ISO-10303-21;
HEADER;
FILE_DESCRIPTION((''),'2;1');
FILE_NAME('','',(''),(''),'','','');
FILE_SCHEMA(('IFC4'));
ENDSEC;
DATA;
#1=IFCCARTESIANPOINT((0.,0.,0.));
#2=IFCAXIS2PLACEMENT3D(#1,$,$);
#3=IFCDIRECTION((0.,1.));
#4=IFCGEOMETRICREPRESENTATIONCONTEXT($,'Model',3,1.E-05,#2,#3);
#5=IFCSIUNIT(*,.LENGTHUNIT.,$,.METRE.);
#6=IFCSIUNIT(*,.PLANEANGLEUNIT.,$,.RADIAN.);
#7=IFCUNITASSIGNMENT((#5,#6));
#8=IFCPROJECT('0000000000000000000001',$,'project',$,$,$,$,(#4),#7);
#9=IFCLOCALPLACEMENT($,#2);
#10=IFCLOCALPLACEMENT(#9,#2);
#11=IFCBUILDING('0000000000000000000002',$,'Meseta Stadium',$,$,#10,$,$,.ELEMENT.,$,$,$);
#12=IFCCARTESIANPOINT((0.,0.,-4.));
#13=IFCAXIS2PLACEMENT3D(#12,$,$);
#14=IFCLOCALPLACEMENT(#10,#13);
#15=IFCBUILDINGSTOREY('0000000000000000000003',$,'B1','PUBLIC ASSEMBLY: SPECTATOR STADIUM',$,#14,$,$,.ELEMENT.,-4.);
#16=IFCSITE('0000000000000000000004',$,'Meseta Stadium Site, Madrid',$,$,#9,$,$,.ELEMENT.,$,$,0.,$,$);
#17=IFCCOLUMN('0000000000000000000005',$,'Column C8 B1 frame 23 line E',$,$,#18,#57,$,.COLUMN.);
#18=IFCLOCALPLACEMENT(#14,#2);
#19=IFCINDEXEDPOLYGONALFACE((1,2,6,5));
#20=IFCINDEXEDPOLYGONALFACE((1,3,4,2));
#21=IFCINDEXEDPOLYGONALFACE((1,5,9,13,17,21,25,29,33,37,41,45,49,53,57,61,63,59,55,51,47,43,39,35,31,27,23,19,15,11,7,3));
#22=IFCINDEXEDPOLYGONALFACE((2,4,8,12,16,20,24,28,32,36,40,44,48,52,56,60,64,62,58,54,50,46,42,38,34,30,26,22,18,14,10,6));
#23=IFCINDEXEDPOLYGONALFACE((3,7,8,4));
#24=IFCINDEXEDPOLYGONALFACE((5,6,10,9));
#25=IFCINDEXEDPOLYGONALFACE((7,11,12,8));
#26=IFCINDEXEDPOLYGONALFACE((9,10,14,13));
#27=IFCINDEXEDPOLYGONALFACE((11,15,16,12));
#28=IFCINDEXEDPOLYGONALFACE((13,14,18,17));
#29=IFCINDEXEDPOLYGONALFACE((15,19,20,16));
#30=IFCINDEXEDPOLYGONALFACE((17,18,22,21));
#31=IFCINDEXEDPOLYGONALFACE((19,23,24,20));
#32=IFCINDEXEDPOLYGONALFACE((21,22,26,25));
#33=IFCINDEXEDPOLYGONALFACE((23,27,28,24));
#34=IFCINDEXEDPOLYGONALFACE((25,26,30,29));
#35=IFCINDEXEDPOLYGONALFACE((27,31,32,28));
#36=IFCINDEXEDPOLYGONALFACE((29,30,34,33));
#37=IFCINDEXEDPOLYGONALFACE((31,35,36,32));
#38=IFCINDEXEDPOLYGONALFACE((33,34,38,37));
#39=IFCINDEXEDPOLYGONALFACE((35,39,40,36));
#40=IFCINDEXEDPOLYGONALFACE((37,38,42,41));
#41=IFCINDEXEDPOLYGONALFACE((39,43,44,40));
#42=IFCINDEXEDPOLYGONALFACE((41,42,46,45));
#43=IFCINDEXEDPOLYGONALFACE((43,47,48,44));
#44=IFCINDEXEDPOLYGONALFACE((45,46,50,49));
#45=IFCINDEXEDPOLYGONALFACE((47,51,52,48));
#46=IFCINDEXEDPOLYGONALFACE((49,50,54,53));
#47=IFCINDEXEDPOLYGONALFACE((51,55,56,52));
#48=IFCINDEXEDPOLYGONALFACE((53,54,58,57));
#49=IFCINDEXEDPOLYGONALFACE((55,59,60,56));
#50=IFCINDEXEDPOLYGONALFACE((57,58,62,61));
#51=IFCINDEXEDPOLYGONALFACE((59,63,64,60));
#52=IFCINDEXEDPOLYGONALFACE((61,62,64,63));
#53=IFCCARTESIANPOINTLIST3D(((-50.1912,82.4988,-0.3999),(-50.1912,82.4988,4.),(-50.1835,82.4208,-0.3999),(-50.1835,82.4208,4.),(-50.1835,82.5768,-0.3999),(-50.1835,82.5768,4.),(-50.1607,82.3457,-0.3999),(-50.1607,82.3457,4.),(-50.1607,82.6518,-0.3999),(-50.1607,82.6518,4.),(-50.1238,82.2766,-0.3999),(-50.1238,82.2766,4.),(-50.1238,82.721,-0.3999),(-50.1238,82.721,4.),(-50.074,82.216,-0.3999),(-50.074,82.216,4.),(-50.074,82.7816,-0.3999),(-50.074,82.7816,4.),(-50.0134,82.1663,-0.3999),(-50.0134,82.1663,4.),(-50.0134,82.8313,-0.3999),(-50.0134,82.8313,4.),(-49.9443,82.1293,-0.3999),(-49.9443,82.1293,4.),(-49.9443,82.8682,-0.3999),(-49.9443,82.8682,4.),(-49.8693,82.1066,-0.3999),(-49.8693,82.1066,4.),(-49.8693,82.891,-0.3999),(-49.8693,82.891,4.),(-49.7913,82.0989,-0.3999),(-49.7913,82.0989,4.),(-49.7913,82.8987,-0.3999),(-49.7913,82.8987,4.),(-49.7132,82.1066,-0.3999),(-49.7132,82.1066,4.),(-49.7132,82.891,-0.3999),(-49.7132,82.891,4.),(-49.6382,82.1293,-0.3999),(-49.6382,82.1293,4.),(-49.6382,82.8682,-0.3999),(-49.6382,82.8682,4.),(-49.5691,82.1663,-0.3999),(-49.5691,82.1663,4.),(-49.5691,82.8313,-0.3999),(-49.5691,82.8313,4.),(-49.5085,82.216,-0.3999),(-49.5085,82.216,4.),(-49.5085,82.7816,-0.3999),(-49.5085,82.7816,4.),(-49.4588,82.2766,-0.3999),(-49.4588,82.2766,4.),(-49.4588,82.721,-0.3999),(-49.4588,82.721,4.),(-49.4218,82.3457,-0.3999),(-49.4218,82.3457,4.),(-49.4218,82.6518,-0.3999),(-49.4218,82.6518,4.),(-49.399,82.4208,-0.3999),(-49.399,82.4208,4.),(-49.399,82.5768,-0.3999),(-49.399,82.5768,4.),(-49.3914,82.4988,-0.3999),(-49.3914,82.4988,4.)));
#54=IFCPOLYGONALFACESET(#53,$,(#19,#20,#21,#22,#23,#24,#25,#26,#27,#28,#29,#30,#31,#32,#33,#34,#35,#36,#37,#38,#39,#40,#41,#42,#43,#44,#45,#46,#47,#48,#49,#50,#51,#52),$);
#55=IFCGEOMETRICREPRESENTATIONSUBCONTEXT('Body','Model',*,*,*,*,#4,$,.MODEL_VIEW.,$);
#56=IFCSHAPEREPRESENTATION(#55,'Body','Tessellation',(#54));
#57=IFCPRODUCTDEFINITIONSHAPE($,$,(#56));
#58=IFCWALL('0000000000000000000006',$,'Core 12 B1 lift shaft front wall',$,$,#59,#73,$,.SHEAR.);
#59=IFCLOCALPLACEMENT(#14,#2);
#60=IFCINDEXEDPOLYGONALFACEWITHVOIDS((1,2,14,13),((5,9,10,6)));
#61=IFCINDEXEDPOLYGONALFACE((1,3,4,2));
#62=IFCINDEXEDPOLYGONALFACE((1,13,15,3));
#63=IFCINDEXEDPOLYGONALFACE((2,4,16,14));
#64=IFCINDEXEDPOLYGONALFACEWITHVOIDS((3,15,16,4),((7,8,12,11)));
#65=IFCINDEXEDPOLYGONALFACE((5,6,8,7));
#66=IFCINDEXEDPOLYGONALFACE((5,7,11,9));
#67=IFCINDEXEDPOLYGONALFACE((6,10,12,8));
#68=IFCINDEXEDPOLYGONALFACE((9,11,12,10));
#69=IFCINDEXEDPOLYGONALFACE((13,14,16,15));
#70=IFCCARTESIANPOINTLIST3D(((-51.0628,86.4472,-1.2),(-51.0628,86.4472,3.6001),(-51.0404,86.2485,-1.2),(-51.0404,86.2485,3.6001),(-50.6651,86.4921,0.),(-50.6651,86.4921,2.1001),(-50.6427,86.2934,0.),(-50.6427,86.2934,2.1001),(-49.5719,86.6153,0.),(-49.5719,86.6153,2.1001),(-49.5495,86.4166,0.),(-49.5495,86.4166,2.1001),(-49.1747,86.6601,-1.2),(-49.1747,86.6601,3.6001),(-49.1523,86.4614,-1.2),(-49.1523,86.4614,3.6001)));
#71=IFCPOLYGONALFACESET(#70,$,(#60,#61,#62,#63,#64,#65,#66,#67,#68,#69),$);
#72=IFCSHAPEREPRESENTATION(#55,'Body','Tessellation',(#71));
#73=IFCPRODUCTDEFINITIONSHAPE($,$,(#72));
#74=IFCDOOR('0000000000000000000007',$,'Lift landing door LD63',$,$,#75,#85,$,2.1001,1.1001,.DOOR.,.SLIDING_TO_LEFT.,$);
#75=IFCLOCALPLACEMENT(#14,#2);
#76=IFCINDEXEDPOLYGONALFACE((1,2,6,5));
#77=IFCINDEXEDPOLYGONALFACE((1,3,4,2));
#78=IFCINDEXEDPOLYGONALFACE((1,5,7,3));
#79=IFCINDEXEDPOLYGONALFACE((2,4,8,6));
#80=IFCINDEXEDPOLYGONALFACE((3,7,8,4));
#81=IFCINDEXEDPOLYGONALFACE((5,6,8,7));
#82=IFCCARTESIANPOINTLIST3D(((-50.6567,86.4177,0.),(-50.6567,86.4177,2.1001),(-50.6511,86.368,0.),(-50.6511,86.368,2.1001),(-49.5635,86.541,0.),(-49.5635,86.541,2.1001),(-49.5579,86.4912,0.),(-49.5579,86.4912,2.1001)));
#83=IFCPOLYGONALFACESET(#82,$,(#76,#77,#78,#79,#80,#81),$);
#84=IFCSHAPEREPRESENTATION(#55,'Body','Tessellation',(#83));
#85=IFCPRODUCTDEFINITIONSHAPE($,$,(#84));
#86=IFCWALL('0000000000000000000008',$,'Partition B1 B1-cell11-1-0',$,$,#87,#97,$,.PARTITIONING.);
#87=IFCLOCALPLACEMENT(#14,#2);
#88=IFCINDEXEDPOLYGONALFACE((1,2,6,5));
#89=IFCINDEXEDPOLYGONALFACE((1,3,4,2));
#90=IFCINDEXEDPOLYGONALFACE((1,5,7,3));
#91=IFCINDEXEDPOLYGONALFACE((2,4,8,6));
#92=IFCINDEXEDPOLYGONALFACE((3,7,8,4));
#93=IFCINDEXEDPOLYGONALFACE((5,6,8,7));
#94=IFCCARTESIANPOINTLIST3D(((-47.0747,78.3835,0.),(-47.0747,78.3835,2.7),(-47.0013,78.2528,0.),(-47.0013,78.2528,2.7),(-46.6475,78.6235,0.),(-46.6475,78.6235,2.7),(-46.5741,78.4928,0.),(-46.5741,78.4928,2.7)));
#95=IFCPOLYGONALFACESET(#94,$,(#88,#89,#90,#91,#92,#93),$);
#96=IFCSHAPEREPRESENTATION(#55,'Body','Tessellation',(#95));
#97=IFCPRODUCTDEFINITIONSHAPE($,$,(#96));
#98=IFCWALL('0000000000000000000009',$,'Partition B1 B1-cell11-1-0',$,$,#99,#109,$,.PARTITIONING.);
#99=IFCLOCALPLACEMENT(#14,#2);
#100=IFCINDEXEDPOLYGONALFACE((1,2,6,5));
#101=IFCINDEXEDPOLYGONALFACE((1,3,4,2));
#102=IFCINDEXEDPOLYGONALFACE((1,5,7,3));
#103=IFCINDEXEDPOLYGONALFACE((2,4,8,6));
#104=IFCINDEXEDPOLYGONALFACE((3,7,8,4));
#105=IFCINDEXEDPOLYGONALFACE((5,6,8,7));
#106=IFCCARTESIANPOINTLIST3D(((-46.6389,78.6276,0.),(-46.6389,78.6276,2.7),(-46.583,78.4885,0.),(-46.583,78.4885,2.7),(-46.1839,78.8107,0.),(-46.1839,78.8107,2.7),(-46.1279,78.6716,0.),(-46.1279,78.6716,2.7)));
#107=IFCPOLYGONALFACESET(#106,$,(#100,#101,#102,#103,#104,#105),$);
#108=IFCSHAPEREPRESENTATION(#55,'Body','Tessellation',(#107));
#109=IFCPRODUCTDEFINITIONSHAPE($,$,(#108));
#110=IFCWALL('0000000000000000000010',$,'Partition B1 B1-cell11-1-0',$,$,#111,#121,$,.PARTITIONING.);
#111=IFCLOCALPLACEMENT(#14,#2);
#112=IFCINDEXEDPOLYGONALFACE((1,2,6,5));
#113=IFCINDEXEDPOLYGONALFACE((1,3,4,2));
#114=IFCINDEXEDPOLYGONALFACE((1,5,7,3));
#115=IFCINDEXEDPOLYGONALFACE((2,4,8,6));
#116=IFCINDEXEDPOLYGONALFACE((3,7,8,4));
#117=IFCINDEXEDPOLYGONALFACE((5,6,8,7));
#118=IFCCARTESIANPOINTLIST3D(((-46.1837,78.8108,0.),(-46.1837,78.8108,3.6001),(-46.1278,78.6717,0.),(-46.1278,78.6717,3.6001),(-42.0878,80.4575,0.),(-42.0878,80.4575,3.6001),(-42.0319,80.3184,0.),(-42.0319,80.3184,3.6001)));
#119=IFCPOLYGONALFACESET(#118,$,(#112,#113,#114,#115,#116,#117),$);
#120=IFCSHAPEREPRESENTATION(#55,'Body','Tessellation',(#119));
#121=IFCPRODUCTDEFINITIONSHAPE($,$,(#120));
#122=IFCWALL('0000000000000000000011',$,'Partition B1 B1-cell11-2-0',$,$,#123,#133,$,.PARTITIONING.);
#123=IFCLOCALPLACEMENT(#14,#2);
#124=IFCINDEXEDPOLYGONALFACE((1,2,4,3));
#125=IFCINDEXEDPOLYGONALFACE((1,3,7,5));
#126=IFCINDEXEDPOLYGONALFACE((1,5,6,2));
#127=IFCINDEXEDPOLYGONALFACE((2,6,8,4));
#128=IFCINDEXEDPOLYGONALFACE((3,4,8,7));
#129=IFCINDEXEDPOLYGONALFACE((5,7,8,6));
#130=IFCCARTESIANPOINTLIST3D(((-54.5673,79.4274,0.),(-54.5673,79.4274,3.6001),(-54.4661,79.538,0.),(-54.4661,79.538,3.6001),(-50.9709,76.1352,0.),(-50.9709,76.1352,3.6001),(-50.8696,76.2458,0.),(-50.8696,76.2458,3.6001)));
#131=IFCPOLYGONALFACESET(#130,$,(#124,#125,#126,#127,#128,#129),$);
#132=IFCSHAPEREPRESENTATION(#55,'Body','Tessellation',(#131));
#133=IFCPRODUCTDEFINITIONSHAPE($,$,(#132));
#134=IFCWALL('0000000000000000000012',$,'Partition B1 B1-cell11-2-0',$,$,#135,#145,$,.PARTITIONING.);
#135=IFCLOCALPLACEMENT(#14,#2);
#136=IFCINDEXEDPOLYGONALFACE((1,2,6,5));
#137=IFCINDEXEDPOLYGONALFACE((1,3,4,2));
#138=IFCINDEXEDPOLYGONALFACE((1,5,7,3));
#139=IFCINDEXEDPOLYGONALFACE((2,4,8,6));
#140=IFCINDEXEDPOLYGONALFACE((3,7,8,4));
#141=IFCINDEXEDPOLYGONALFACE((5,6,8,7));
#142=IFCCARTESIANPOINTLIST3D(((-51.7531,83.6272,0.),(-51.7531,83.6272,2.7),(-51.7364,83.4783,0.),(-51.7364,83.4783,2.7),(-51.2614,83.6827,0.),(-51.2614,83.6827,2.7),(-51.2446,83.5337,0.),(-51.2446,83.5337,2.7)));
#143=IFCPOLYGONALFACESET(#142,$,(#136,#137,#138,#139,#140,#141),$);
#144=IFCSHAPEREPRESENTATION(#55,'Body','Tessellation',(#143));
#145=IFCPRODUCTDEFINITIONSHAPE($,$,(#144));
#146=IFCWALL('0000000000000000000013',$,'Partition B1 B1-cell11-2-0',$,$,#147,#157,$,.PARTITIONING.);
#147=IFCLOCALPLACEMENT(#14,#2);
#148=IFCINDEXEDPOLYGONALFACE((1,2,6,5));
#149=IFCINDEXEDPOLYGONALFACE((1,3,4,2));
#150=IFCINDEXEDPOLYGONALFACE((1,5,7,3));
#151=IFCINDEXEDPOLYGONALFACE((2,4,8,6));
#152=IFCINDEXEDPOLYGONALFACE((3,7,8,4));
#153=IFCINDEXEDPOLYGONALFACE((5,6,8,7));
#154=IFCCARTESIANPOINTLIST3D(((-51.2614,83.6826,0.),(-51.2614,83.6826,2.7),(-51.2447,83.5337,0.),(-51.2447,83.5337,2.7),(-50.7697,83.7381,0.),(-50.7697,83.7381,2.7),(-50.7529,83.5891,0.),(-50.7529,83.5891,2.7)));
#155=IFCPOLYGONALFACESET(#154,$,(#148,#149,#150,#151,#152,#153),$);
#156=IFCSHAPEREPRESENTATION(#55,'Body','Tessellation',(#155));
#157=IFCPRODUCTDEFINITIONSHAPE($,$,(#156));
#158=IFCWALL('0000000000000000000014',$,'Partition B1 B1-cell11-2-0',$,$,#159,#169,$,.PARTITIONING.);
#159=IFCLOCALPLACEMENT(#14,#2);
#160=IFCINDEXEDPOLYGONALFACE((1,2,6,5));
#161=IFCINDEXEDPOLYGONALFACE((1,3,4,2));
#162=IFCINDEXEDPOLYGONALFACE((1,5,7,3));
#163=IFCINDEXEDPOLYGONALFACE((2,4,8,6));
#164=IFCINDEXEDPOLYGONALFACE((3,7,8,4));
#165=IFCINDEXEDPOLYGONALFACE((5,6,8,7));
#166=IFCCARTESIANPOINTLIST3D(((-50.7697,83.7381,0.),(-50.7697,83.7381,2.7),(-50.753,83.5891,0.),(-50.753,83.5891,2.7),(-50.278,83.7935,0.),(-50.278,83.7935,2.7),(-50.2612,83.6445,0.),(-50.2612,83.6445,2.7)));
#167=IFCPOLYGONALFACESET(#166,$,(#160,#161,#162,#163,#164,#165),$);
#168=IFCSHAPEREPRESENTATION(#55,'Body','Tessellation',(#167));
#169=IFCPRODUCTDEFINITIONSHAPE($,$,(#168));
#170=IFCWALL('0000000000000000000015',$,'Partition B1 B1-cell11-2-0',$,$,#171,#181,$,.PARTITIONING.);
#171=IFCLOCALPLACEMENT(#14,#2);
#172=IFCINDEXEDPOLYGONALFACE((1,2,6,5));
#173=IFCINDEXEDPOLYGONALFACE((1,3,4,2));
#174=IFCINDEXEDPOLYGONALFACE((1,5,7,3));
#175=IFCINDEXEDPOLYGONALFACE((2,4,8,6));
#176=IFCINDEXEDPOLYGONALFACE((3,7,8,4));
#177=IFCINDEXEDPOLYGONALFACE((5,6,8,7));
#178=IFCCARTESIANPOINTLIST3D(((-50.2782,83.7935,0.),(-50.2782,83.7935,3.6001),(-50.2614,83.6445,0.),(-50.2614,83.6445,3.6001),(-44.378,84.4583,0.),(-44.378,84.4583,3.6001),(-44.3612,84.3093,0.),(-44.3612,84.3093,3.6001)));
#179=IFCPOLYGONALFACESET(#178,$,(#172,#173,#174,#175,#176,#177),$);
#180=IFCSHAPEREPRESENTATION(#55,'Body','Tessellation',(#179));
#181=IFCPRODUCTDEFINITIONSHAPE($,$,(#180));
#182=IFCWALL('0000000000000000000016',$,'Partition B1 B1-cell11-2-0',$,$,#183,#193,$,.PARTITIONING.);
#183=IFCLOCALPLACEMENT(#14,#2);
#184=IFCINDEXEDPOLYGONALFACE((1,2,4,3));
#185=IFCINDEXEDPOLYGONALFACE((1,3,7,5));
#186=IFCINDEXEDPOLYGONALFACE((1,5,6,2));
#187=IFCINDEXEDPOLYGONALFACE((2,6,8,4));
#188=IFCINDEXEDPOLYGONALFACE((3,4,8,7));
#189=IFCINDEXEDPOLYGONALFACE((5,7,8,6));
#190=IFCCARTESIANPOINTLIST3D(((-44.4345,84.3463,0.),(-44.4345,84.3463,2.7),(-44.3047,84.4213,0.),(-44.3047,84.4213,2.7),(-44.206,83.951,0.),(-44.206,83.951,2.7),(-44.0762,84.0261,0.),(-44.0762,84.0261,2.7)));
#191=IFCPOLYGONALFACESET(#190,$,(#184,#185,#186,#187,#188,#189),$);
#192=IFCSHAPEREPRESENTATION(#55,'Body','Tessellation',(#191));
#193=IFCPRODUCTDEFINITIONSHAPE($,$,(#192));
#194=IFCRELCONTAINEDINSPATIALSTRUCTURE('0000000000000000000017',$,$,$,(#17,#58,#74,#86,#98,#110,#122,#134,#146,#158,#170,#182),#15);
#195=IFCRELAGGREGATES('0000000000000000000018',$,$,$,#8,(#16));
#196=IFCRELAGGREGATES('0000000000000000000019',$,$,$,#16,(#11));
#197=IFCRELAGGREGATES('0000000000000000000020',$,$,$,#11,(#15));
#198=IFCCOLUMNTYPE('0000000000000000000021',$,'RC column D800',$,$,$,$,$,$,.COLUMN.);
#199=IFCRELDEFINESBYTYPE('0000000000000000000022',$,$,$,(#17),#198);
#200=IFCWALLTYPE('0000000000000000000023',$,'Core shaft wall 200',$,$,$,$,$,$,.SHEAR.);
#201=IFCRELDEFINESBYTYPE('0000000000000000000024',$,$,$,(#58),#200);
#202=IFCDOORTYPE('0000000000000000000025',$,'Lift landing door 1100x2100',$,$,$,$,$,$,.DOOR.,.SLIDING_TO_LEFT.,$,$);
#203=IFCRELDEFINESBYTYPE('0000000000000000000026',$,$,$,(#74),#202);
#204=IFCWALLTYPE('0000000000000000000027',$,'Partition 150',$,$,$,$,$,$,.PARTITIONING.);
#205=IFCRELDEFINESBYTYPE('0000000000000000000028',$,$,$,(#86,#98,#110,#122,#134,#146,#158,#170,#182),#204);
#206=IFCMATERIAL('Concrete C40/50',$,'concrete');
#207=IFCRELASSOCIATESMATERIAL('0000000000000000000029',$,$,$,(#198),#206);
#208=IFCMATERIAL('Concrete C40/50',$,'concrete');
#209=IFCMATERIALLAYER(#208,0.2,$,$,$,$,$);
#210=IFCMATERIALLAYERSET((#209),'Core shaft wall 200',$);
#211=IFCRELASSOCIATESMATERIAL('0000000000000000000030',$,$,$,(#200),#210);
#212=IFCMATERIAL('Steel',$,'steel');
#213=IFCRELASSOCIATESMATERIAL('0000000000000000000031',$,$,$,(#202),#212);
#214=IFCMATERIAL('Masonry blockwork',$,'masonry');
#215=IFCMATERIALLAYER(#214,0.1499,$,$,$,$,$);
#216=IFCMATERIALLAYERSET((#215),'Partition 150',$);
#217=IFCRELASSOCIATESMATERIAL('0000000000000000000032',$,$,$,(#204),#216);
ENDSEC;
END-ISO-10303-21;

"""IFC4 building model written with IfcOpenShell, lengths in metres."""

from ifc_helpers import new_model, si_unit, direction, frame, frame_2d, origin, origin_2d, place, context, subcontext, project, spatial, rectangle, circle, extrude, material, layer, layer_set, material_profile, profile_set, type_object, element, fill, save


model = new_model("IFC4")

# Units and contexts
model_context = context("Model", 3, precision=1e-05, world=origin(), true_north=direction((0.0, 1.0)))
body_context = subcontext(model_context, "Body", "Model", "MODEL_VIEW")
ifc_project = project(units=[si_unit("LENGTHUNIT", "METRE"), si_unit("PLANEANGLEUNIT", "RADIAN")], contexts=[model_context])

# Site, building, storey
site_placement = place(None, origin())
site = spatial("IfcSite", under=ifc_project, at=site_placement, Name="Meseta Stadium Site, Madrid", CompositionType="ELEMENT", RefElevation=0.0)
building_placement = place(site_placement, origin())
building = spatial("IfcBuilding", under=site, at=building_placement, Name="Meseta Stadium", CompositionType="ELEMENT")
storey_placement = place(building_placement, frame((0.0, 0.0, -4.0)))
storey = spatial("IfcBuildingStorey", under=building, at=storey_placement, Name="B1", Description="PUBLIC ASSEMBLY: SPECTATOR STADIUM", CompositionType="ELEMENT", Elevation=-4.0)

# Column
ifc_material_1 = material(Name="Concrete C40/50", Category="concrete")
ifc_material_profile = material_profile(ifc_material_1, circle(Radius=0.3999, at=origin_2d()), Name="RC D800")
ifc_profile_set = profile_set([ifc_material_profile], Name="Concrete C40/50")
column_type = type_object("IfcColumnType", Name="RC column D800", PredefinedType="COLUMN", material=ifc_profile_set)
column_placement = place(storey_placement, frame((-49.7913, 82.4988, -0.3999), z_axis=(0.0, 0.0, 1.0), x_axis=(1.0, 0.0, 0.0)))
element("IfcColumn", 1, at=column_placement, inside=storey, type_object=column_type, Name="Column C8 B1 frame 23 line E", PredefinedType="COLUMN", context=body_context, shape_type="SweptSolid", body=[
    extrude(circle(Radius=0.3999, at=origin_2d()), origin(), (0.0, 0.0, 1.0), 4.3999),
])

# Wall, opening, door
ifc_material_2 = material(Name="Concrete C40/50", Category="concrete")
ifc_layer_1 = layer(ifc_material_2, 0.2)
ifc_layer_set_1 = layer_set([ifc_layer_1], Name="Core shaft wall 200")
wall_type_1 = type_object("IfcWallType", Name="Core shaft wall 200", PredefinedType="SHEAR", material=ifc_layer_set_1)
wall_1_placement = place(storey_placement, frame((-49.1633, 86.5608, -1.2), z_axis=(0.0, 0.0, 1.0), x_axis=(-0.993704, -0.112039, 0.0)))
wall_1 = element("IfcWall", 2, at=wall_1_placement, inside=storey, type_object=wall_type_1, Name="Core 12 B1 lift shaft front wall", PredefinedType="SHEAR", context=body_context, shape_type="SweptSolid", body=[
    extrude(rectangle(XDim=1.9001, YDim=0.2, at=frame_2d((0.9502, 0.0))), origin(), (0.0, 0.0, 1.0), 4.8),
])
opening_placement = place(wall_1_placement, frame((0.3999, 0.0, 1.2)))
opening = element("IfcOpeningElement", 3, at=opening_placement, cuts=wall_1, PredefinedType="OPENING", context=body_context, shape_type="SweptSolid", body=[
    extrude(rectangle(XDim=1.1001, YDim=2.1001, at=frame_2d((0.55, 1.05))), frame((0.0, 0.1099, 0.0), z_axis=(0.0, -1.0, 0.0), x_axis=(1.0, 0.0, 0.0)), (0.0, 0.0, 1.0), 0.22),
])
ifc_material_3 = material(Name="Steel", Category="steel")
door_type = type_object("IfcDoorType", Name="Lift landing door 1100x2100", OperationType="SLIDING_TO_LEFT", PredefinedType="DOOR", material=ifc_material_3)
door_placement = place(opening_placement, origin())
door = element("IfcDoor", 4, at=door_placement, inside=storey, type_object=door_type, Name="Lift landing door LD63", OperationType="SLIDING_TO_LEFT", OverallHeight=2.1001, OverallWidth=1.1001, PredefinedType="DOOR", context=body_context, shape_type="SweptSolid", body=[
    extrude(rectangle(XDim=1.1001, YDim=2.1001, at=frame_2d((0.55, 1.05))), frame((0.0, 0.0249, 0.0), z_axis=(0.0, -1.0, 0.0), x_axis=(1.0, 0.0, 0.0)), (0.0, 0.0, 1.0), 0.05),
])
fill(opening, door)

# Walls
ifc_material_4 = material(Name="Masonry blockwork", Category="masonry")
ifc_layer_2 = layer(ifc_material_4, 0.1499)
ifc_layer_set_2 = layer_set([ifc_layer_2], Name="Partition 150")
wall_type_2 = type_object("IfcWallType", Name="Partition 150", PredefinedType="PARTITIONING", material=ifc_layer_set_2)
wall_2_placement = place(storey_placement, frame((-47.0381, 78.3181, 0.0), z_axis=(0.0, 0.0, 1.0), x_axis=(0.871868, 0.489741, 0.0)))
element("IfcWall", 5, at=wall_2_placement, inside=storey, type_object=wall_type_2, Name="Partition B1 B1-cell11-1-0", PredefinedType="PARTITIONING", context=body_context, shape_type="SweptSolid", body=[
    extrude(rectangle(XDim=0.49, YDim=0.1499, at=frame_2d((0.2451, 0.0))), origin(), (0.0, 0.0, 1.0), 2.7),
])
wall_3_placement = place(storey_placement, frame((-46.6108, 78.5581, 0.0), z_axis=(0.0, 0.0, 1.0), x_axis=(0.92772, 0.373278, 0.0)))
element("IfcWall", 6, at=wall_3_placement, inside=storey, type_object=wall_type_2, Name="Partition B1 B1-cell11-1-0", PredefinedType="PARTITIONING", context=body_context, shape_type="SweptSolid", body=[
    extrude(rectangle(XDim=0.4905, YDim=0.1499, at=frame_2d((0.2451, 0.0))), origin(), (0.0, 0.0, 1.0), 2.7),
])
wall_4_placement = place(storey_placement, frame((-46.1558, 78.7412, 0.0), z_axis=(0.0, 0.0, 1.0), x_axis=(0.927823, 0.373021, 0.0)))
element("IfcWall", 7, at=wall_4_placement, inside=storey, type_object=wall_type_2, Name="Partition B1 B1-cell11-1-0", PredefinedType="PARTITIONING", context=body_context, shape_type="SweptSolid", body=[
    extrude(rectangle(XDim=4.4146, YDim=0.1499, at=frame_2d((2.2073, 0.0))), origin(), (0.0, 0.0, 1.0), 3.6001),
])
wall_5_placement = place(storey_placement, frame((-50.9202, 76.1904, 0.0), z_axis=(0.0, 0.0, 1.0), x_axis=(-0.737613, 0.675223, 0.0)))
element("IfcWall", 8, at=wall_5_placement, inside=storey, type_object=wall_type_2, Name="Partition B1 B1-cell11-2-0", PredefinedType="PARTITIONING", context=body_context, shape_type="SweptSolid", body=[
    extrude(rectangle(XDim=4.8757, YDim=0.1499, at=frame_2d((2.438, 0.0))), origin(), (0.0, 0.0, 1.0), 3.6001),
])
for number, where, z_axis, x_axis, name in (
    (9, (-51.7449, 83.5527, 0.0), (0.0, 0.0, 1.0), (0.993708, 0.112002, 0.0), "Partition B1 B1-cell11-2-0"),
    (10, (-51.2532, 83.6082, 0.0), (0.0, 0.0, 1.0), (0.993708, 0.112002, 0.0), "Partition B1 B1-cell11-2-0"),
    (11, (-50.7615, 83.6636, 0.0), (0.0, 0.0, 1.0), (0.993708, 0.112002, 0.0), "Partition B1 B1-cell11-2-0"),
):
    element("IfcWall", number, at=place(storey_placement, frame(where, z_axis=z_axis, x_axis=x_axis)), inside=storey, type_object=wall_type_2, Name=name, PredefinedType="PARTITIONING", context=body_context, shape_type="SweptSolid", body=[
        extrude(rectangle(XDim=0.4949, YDim=0.1499, at=frame_2d((0.2476, 0.0))), origin(), (0.0, 0.0, 1.0), 2.7),
    ])
wall_6_placement = place(storey_placement, frame((-50.2698, 83.719, 0.0), z_axis=(0.0, 0.0, 1.0), x_axis=(0.993712, 0.111966, 0.0)))
element("IfcWall", 12, at=wall_6_placement, inside=storey, type_object=wall_type_2, Name="Partition B1 B1-cell11-2-0", PredefinedType="PARTITIONING", context=body_context, shape_type="SweptSolid", body=[
    extrude(rectangle(XDim=5.9375, YDim=0.1499, at=frame_2d((2.9688, 0.0))), origin(), (0.0, 0.0, 1.0), 3.6001),
])
wall_7_placement = place(storey_placement, frame((-44.3696, 84.3838, 0.0), z_axis=(0.0, 0.0, 1.0), x_axis=(0.500509, -0.865731, 0.0)))
element("IfcWall", 13, at=wall_7_placement, inside=storey, type_object=wall_type_2, Name="Partition B1 B1-cell11-2-0", PredefinedType="PARTITIONING", context=body_context, shape_type="SweptSolid", body=[
    extrude(rectangle(XDim=0.4565, YDim=0.1499, at=frame_2d((0.2283, 0.0))), origin(), (0.0, 0.0, 1.0), 2.7),
])

save(model, "model.ifc")
